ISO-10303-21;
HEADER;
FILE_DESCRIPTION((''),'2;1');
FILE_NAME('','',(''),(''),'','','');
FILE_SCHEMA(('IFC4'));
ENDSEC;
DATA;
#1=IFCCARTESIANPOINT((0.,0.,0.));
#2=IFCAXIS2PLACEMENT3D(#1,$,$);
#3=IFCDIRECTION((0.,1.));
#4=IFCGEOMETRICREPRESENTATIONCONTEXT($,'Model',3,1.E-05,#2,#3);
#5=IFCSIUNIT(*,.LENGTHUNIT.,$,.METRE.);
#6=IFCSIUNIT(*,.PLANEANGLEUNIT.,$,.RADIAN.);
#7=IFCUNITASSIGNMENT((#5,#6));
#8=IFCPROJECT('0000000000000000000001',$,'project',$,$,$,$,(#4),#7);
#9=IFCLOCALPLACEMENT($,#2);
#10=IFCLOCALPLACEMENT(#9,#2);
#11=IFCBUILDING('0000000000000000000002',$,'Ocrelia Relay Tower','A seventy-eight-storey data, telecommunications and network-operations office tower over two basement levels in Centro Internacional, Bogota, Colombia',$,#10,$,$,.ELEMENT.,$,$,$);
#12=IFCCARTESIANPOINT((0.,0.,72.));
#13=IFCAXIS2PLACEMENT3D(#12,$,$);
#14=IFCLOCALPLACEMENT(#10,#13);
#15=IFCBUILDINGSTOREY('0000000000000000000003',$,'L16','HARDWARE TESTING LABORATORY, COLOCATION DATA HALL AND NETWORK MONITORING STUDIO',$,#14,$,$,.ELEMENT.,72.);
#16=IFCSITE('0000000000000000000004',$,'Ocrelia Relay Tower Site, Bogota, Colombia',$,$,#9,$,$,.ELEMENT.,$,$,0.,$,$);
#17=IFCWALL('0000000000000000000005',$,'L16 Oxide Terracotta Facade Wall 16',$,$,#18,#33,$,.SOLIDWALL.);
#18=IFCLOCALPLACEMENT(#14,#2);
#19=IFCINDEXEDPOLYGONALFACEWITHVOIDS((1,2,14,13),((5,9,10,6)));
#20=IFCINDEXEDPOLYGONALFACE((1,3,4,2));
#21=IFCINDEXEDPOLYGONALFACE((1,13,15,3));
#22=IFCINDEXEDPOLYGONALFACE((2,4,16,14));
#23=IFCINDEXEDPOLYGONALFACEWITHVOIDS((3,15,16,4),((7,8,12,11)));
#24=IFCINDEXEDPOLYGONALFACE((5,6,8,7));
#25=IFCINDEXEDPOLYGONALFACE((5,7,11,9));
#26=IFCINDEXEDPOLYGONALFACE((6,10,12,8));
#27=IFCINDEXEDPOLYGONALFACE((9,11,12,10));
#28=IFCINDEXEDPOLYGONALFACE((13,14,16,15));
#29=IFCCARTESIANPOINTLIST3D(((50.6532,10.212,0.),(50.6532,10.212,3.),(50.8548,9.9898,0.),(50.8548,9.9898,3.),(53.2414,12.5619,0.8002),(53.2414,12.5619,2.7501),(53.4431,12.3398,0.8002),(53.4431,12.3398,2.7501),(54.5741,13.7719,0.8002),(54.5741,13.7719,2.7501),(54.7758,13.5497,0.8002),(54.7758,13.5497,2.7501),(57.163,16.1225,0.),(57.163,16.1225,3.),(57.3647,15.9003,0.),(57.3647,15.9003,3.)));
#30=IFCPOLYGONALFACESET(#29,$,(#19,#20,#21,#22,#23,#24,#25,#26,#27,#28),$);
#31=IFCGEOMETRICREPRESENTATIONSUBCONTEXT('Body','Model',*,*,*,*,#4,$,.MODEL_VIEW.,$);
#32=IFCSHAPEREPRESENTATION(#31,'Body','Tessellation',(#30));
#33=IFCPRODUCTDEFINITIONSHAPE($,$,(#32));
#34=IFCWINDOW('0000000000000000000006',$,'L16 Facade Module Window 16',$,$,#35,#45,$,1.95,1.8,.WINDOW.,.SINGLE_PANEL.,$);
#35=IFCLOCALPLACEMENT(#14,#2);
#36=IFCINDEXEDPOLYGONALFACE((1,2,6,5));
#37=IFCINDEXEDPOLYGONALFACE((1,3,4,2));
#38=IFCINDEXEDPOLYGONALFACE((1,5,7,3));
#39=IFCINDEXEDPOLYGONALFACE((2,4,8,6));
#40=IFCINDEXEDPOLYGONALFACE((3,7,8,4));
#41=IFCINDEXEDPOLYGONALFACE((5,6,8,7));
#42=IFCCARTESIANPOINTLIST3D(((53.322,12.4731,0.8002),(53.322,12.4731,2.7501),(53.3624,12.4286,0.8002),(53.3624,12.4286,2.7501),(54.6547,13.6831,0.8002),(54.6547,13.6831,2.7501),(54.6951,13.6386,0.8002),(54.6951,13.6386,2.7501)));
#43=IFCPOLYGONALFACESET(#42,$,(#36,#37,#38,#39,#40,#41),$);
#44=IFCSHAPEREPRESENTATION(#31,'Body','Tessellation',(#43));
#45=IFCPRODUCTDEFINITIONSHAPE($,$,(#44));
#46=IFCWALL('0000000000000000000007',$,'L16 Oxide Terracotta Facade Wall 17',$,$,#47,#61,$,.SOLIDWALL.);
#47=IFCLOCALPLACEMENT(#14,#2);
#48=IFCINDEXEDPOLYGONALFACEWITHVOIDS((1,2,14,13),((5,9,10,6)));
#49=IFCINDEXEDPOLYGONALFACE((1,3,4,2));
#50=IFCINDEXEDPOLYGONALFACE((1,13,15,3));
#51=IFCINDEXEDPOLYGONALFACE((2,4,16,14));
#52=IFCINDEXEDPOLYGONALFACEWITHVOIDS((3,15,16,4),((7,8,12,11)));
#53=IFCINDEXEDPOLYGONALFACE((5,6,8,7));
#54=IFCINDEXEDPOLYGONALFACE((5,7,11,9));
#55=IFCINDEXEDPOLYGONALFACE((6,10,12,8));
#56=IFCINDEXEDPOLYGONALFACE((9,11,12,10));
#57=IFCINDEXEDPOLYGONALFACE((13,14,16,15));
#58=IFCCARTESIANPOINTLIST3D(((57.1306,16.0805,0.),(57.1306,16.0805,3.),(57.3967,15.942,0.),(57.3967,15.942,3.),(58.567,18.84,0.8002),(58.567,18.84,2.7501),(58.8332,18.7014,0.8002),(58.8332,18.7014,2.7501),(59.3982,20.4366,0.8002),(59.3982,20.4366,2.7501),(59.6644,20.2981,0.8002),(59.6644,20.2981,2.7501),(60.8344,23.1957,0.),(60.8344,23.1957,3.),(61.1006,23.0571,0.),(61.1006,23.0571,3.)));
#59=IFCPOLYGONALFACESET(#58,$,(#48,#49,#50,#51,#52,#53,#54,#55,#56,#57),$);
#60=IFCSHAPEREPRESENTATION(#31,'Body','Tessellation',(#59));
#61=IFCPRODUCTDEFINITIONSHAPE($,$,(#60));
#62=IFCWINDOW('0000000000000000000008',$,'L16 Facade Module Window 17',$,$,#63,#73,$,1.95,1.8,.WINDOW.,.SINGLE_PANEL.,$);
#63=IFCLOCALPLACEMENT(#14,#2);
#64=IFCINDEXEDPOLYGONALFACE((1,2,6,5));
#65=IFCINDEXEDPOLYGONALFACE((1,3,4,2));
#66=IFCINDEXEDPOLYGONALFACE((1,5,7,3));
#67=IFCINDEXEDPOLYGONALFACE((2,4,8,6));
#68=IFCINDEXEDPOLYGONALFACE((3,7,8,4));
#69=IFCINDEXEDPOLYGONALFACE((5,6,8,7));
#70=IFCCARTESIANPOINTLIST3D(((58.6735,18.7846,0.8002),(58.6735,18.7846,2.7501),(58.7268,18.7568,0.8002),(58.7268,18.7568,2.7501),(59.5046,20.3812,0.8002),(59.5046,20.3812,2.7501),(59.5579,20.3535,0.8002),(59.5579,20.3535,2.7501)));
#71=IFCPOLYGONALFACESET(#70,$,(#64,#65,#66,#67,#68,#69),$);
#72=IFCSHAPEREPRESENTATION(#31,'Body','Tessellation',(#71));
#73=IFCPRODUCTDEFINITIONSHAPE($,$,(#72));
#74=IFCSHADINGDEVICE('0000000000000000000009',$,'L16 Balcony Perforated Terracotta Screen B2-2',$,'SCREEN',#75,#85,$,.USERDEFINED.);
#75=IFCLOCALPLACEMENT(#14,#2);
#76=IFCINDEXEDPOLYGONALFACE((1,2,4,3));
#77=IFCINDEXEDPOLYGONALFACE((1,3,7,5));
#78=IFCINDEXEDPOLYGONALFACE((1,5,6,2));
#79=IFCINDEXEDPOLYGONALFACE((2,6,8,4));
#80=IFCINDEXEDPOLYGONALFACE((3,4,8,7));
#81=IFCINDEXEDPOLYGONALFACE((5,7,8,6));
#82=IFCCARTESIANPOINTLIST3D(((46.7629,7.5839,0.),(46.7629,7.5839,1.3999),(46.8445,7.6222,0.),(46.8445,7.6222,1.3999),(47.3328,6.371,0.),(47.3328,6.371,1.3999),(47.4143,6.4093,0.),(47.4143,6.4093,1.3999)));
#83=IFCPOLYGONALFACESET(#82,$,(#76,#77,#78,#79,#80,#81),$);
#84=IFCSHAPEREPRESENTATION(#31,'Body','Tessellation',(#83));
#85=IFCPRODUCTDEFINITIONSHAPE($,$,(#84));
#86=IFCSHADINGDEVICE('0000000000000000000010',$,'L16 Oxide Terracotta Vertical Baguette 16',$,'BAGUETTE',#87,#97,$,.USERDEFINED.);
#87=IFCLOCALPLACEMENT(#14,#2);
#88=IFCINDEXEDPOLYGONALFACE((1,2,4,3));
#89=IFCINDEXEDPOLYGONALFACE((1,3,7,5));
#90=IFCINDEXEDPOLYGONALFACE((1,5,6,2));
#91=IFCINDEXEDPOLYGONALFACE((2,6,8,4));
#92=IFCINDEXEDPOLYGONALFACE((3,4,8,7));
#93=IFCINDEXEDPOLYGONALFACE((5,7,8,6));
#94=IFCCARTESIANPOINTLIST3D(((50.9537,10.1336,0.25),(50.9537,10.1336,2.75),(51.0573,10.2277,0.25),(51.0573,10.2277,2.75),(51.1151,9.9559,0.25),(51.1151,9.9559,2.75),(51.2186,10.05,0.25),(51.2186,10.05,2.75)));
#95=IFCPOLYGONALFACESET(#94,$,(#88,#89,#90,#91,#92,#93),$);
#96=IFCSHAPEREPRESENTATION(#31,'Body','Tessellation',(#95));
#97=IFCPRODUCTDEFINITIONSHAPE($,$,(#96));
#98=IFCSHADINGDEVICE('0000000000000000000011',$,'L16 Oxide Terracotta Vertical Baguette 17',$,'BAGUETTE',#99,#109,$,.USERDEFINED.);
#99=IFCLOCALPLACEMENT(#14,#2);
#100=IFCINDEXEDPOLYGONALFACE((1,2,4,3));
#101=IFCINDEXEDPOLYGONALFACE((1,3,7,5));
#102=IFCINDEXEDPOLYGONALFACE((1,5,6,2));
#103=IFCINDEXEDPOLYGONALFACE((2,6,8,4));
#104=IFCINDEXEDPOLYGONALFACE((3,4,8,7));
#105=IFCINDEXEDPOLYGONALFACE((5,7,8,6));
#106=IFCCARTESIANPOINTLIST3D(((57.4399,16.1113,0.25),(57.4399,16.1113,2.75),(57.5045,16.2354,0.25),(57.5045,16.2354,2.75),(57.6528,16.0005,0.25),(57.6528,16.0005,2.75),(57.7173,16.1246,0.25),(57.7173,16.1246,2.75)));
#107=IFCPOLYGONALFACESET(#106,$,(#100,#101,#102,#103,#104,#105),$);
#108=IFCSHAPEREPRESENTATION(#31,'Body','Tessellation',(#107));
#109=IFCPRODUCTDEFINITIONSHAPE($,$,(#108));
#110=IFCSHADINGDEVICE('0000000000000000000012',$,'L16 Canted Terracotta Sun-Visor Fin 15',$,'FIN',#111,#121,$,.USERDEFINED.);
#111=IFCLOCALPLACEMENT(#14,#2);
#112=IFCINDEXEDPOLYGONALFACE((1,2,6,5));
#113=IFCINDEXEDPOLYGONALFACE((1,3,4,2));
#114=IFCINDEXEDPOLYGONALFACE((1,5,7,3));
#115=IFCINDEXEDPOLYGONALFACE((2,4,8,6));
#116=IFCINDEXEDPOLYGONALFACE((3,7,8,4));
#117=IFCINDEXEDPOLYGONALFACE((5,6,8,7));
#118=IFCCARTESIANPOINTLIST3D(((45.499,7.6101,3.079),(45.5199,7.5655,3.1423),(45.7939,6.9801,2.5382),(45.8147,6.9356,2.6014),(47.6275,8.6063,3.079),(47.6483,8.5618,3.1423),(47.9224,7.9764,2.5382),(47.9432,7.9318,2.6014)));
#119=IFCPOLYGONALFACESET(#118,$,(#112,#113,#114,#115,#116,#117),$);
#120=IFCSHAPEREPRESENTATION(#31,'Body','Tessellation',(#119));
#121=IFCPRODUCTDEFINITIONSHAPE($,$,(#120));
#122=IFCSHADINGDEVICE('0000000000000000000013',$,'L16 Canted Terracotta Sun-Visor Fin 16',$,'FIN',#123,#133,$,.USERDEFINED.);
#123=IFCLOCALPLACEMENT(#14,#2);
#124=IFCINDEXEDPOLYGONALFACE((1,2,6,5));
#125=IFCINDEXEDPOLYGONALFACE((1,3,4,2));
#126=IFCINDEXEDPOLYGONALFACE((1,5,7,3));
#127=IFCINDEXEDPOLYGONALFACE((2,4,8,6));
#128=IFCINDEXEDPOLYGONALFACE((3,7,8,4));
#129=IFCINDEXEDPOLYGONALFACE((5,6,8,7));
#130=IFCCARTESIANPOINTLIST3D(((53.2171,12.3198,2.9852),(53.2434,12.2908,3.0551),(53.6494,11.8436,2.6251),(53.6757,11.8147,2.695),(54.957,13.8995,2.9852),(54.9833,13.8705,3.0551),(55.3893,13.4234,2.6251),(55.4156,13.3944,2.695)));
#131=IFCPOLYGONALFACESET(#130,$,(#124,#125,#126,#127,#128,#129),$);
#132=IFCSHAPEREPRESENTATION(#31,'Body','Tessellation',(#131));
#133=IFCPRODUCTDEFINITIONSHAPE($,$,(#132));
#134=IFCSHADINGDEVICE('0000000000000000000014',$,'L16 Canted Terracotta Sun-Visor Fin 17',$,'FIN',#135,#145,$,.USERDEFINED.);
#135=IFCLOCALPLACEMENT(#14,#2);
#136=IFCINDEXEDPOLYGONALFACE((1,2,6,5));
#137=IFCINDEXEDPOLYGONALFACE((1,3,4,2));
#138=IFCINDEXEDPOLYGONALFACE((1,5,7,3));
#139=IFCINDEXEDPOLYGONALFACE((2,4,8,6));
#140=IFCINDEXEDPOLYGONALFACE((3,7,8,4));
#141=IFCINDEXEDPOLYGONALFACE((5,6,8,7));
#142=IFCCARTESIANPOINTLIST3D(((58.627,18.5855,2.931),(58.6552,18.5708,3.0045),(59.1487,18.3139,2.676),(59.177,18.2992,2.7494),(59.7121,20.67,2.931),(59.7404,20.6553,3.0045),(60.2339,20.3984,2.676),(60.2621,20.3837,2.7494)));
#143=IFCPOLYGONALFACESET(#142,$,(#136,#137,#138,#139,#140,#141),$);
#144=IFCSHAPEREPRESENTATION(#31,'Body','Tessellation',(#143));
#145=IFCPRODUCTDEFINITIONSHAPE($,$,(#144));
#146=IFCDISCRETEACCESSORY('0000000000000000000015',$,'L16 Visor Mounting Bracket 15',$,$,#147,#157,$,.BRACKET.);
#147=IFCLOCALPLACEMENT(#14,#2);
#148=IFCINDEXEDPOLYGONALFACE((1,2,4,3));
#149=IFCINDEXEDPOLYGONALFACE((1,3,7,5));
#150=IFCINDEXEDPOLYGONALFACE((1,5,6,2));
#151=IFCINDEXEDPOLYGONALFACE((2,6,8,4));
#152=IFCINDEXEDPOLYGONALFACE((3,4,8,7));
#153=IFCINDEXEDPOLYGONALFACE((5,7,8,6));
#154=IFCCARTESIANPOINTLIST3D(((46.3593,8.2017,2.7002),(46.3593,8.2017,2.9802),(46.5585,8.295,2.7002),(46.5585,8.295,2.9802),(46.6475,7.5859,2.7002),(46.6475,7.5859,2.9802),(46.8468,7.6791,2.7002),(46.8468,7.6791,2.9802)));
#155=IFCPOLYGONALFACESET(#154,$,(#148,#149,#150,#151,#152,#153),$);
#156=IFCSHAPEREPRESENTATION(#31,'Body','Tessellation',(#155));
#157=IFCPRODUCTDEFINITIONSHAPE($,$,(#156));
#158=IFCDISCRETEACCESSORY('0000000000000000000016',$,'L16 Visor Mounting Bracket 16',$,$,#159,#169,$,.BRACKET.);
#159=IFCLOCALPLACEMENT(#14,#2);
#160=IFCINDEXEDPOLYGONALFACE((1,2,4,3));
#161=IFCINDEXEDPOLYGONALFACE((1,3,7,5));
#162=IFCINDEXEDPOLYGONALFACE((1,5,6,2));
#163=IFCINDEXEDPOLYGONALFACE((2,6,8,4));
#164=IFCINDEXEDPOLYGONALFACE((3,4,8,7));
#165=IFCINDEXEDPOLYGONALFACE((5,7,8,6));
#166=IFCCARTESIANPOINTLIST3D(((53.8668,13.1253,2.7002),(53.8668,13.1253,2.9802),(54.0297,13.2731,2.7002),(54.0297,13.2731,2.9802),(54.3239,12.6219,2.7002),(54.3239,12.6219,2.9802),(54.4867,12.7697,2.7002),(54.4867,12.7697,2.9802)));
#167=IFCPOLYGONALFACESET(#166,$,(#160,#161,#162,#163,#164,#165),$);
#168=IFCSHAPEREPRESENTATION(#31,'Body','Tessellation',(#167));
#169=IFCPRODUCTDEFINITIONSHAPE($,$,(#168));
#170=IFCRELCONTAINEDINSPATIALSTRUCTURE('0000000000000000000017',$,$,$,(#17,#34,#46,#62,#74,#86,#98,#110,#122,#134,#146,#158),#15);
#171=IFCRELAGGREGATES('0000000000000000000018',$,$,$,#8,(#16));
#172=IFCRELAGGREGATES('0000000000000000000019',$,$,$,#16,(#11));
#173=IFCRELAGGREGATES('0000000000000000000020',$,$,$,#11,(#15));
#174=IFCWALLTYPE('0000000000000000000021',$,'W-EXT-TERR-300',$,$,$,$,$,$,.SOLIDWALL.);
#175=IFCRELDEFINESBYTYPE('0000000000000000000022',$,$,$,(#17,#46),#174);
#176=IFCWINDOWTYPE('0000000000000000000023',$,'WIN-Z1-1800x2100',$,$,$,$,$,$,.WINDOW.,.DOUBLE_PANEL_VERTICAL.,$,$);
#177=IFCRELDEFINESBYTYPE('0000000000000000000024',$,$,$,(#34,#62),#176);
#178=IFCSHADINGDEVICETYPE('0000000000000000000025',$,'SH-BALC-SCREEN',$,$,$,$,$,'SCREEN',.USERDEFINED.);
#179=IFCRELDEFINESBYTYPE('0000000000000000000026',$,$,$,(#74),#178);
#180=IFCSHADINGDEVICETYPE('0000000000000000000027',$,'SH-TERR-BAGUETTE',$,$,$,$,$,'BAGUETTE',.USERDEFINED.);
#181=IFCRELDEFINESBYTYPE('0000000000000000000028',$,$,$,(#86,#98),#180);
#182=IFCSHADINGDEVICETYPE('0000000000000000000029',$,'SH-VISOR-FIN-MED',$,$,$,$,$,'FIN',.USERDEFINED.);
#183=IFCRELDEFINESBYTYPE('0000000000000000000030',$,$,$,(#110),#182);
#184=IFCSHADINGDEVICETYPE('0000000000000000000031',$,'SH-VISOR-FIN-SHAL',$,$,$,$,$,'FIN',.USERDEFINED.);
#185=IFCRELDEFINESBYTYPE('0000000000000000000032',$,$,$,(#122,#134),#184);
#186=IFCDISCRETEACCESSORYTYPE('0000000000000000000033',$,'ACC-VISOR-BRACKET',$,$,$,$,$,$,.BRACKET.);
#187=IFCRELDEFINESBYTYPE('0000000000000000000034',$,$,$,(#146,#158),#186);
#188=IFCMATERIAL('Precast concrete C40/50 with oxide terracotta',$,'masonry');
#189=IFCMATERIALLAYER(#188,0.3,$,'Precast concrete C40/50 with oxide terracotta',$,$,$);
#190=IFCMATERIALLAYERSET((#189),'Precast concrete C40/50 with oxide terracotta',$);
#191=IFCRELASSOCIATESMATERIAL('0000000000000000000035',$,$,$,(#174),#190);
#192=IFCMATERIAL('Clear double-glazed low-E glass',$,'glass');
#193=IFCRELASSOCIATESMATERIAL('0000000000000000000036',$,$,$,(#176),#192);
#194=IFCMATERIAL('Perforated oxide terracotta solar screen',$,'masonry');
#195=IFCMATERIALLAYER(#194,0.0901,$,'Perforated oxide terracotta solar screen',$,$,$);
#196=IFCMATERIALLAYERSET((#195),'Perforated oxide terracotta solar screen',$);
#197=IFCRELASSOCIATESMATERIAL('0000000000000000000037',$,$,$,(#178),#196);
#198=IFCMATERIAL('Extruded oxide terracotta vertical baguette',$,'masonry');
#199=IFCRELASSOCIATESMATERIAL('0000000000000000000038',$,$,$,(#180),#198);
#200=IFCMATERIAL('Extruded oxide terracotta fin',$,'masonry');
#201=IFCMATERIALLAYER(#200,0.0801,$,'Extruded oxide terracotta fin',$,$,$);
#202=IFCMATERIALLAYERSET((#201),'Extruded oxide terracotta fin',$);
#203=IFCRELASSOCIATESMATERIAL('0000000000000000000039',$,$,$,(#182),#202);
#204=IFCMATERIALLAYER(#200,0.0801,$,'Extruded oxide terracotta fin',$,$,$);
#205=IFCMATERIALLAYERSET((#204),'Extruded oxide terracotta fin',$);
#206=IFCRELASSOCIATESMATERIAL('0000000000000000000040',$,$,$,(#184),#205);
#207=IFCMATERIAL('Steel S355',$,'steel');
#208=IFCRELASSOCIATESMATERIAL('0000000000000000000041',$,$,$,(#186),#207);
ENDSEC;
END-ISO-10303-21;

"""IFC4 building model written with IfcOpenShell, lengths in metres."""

from ifc_helpers import new_model, si_unit, direction, frame, frame_2d, origin, origin_2d, place, context, subcontext, project, spatial, rectangle, extrude, material, layer, layer_set, type_object, element, fill, save


model = new_model("IFC4")

# Units and contexts
model_context = context("Model", 3, precision=1e-05, world=origin(), true_north=direction((0.0, 1.0)))
body_context = subcontext(model_context, "Body", "Model", "MODEL_VIEW")
ifc_project = project(units=[si_unit("LENGTHUNIT", "METRE"), si_unit("PLANEANGLEUNIT", "RADIAN")], contexts=[model_context])

# Site, building, storey
site_placement = place(None, origin())
site = spatial("IfcSite", under=ifc_project, at=site_placement, Name="Ocrelia Relay Tower Site, Bogota, Colombia", CompositionType="ELEMENT", RefElevation=0.0)
building_placement = place(site_placement, origin())
building = spatial("IfcBuilding", under=site, at=building_placement, Name="Ocrelia Relay Tower", Description="A seventy-eight-storey data, telecommunications and network-operations office tower over two basement levels in Centro Internacional, Bogota, Colombia", CompositionType="ELEMENT")
storey_placement = place(building_placement, frame((0.0, 0.0, 72.0)))
storey = spatial("IfcBuildingStorey", under=building, at=storey_placement, Name="L16", Description="HARDWARE TESTING LABORATORY, COLOCATION DATA HALL AND NETWORK MONITORING STUDIO", CompositionType="ELEMENT", Elevation=72.0)

# Shared definitions
ifc_material_1 = material(Name="Steel S355", Category="steel")

# Walls, openings, windows
ifc_material_2 = material(Name="Precast concrete C40/50 with oxide terracotta", Category="masonry")
ifc_layer_1 = layer(ifc_material_2, 0.3, Name="Precast concrete C40/50 with oxide terracotta")
ifc_layer_set_1 = layer_set([ifc_layer_1], Name="Precast concrete C40/50 with oxide terracotta")
wall_type_1 = type_object("IfcWallType", Name="W-EXT-TERR-300", PredefinedType="SOLIDWALL", material=ifc_layer_set_1)
wall_1_placement = place(storey_placement, frame((50.7539, 10.1008, 0.0), z_axis=(0.0, 0.0, 1.0), x_axis=(0.740368, 0.672201, 0.0)))
wall_1 = element("IfcWall", 1, at=wall_1_placement, inside=storey, type_object=wall_type_1, Name="L16 Oxide Terracotta Facade Wall 16", PredefinedType="SOLIDWALL", context=body_context, shape_type="SweptSolid", body=[
    extrude(rectangle(XDim=8.7927, YDim=0.3, at=frame_2d((4.3965, 0.0))), origin(), (0.0, 0.0, 1.0), 3.0),
])
opening_1_placement = place(wall_1_placement, frame((3.4961, 0.0, 0.8)))
opening_1 = element("IfcOpeningElement", 2, at=opening_1_placement, cuts=wall_1, PredefinedType="OPENING", context=body_context, shape_type="SweptSolid", body=[
    extrude(rectangle(XDim=1.8, YDim=1.95, at=frame_2d((0.8999, 0.9751))), frame((0.0, 0.1602, 0.0), z_axis=(0.0, -1.0, 0.0), x_axis=(1.0, 0.0, 0.0)), (0.0, 0.0, 1.0), 0.3201),
])
ifc_material_3 = material(Name="Clear double-glazed low-E glass", Category="glass")
window_type = type_object("IfcWindowType", Name="WIN-Z1-1800x2100", PartitioningType="DOUBLE_PANEL_VERTICAL", PredefinedType="WINDOW", material=ifc_material_3)
window_1_placement = place(opening_1_placement, origin())
window_1 = element("IfcWindow", 3, at=window_1_placement, inside=storey, type_object=window_type, Name="L16 Facade Module Window 16", OverallHeight=1.95, OverallWidth=1.8, PartitioningType="SINGLE_PANEL", PredefinedType="WINDOW", context=body_context, shape_type="SweptSolid", body=[
    extrude(rectangle(XDim=1.8, YDim=1.95, at=frame_2d((0.8999, 0.9751))), frame((0.0, 0.03, 0.0), z_axis=(0.0, -1.0, 0.0), x_axis=(1.0, 0.0, 0.0)), (0.0, 0.0, 1.0), 0.0601),
])
fill(opening_1, window_1)
wall_2_placement = place(storey_placement, frame((57.2637, 16.0112, 0.0), z_axis=(0.0, 0.0, 1.0), x_axis=(0.461739, 0.887016, 0.0)))
wall_2 = element("IfcWall", 4, at=wall_2_placement, inside=storey, type_object=wall_type_1, Name="L16 Oxide Terracotta Facade Wall 17", PredefinedType="SOLIDWALL", context=body_context, shape_type="SweptSolid", body=[
    extrude(rectangle(XDim=8.0215, YDim=0.3, at=frame_2d((4.0107, 0.0))), origin(), (0.0, 0.0, 1.0), 3.0),
])
opening_2_placement = place(wall_2_placement, frame((3.1111, 0.0, 0.8)))
opening_2 = element("IfcOpeningElement", 5, at=opening_2_placement, cuts=wall_2, PredefinedType="OPENING", context=body_context, shape_type="SweptSolid", body=[
    extrude(rectangle(XDim=1.8, YDim=1.95, at=frame_2d((0.8999, 0.9751))), frame((0.0, 0.1602, 0.0), z_axis=(0.0, -1.0, 0.0), x_axis=(1.0, 0.0, 0.0)), (0.0, 0.0, 1.0), 0.3201),
])
window_2_placement = place(opening_2_placement, origin())
window_2 = element("IfcWindow", 6, at=window_2_placement, inside=storey, type_object=window_type, Name="L16 Facade Module Window 17", OverallHeight=1.95, OverallWidth=1.8, PartitioningType="SINGLE_PANEL", PredefinedType="WINDOW", context=body_context, shape_type="SweptSolid", body=[
    extrude(rectangle(XDim=1.8, YDim=1.95, at=frame_2d((0.8999, 0.9751))), frame((0.0, 0.03, 0.0), z_axis=(0.0, -1.0, 0.0), x_axis=(1.0, 0.0, 0.0)), (0.0, 0.0, 1.0), 0.0601),
])
fill(opening_2, window_2)

# Shading devices
ifc_material_4 = material(Name="Perforated oxide terracotta solar screen", Category="masonry")
ifc_layer_2 = layer(ifc_material_4, 0.0901, Name="Perforated oxide terracotta solar screen")
ifc_layer_set_2 = layer_set([ifc_layer_2], Name="Perforated oxide terracotta solar screen")
shading_device_type_1 = type_object("IfcShadingDeviceType", Name="SH-BALC-SCREEN", ElementType="SCREEN", PredefinedType="USERDEFINED", material=ifc_layer_set_2)
shading_device_1_placement = place(storey_placement, frame((47.0886, 6.9966, 0.0), z_axis=(0.0, 0.0, 1.0), x_axis=(0.425206, -0.905097, 0.0)))
element("IfcShadingDevice", 7, at=shading_device_1_placement, inside=storey, type_object=shading_device_type_1, Name="L16 Balcony Perforated Terracotta Screen B2-2", ObjectType="SCREEN", PredefinedType="USERDEFINED", context=body_context, shape_type="SweptSolid", body=[
    extrude(rectangle(XDim=1.3401, YDim=0.0901, at=origin_2d()), origin(), (0.0, 0.0, 1.0), 1.3999),
])
ifc_material_5 = material(Name="Extruded oxide terracotta vertical baguette", Category="masonry")
shading_device_type_2 = type_object("IfcShadingDeviceType", Name="SH-TERR-BAGUETTE", ElementType="BAGUETTE", PredefinedType="USERDEFINED", material=ifc_material_5)
for number, where, z_axis, x_axis, name in (
    (8, (51.0862, 10.0918, 0.25), (0.0, 0.0, 1.0), (0.740364, 0.672206, 0.0), "L16 Oxide Terracotta Vertical Baguette 16"),
    (9, (57.5786, 16.1179, 0.25), (0.0, 0.0, 1.0), (0.461745, 0.887013, 0.0), "L16 Oxide Terracotta Vertical Baguette 17"),
):
    element("IfcShadingDevice", number, at=place(storey_placement, frame(where, z_axis=z_axis, x_axis=x_axis)), inside=storey, type_object=shading_device_type_2, Name=name, ObjectType="BAGUETTE", PredefinedType="USERDEFINED", context=body_context, shape_type="SweptSolid", body=[
        extrude(rectangle(XDim=0.1399, YDim=0.24, at=origin_2d()), origin(), (0.0, 0.0, 1.0), 2.5),
    ])
ifc_material_6 = material(Name="Extruded oxide terracotta fin", Category="masonry")
ifc_layer_3 = layer(ifc_material_6, 0.0801, Name="Extruded oxide terracotta fin")
ifc_layer_set_3 = layer_set([ifc_layer_3], Name="Extruded oxide terracotta fin")
shading_device_type_3 = type_object("IfcShadingDeviceType", Name="SH-VISOR-FIN-MED", ElementType="FIN", PredefinedType="USERDEFINED", material=ifc_layer_set_3)
shading_device_2_placement = place(storey_placement, frame((46.7107, 7.7932, 2.8086), z_axis=(0.260232, -0.555984, 0.789406), x_axis=(0.9057, 0.423919, 0.0)))
element("IfcShadingDevice", 10, at=shading_device_2_placement, inside=storey, type_object=shading_device_type_3, Name="L16 Canted Terracotta Sun-Visor Fin 15", ObjectType="FIN", PredefinedType="USERDEFINED", context=body_context, shape_type="SweptSolid", body=[
    extrude(rectangle(XDim=2.3501, YDim=0.8811, at=origin_2d()), origin(), (0.0, 0.0, 1.0), 0.0801),
])
ifc_layer_4 = layer(ifc_material_6, 0.0801, Name="Extruded oxide terracotta fin")
ifc_layer_set_4 = layer_set([ifc_layer_4], Name="Extruded oxide terracotta fin")
shading_device_type_4 = type_object("IfcShadingDeviceType", Name="SH-VISOR-FIN-SHAL", ElementType="FIN", PredefinedType="USERDEFINED", material=ifc_layer_set_4)
shading_device_3_placement = place(storey_placement, frame((54.3032, 12.8716, 2.8052), z_axis=(0.328454, -0.361758, 0.872496), x_axis=(0.740364, 0.672206, 0.0)))
element("IfcShadingDevice", 11, at=shading_device_3_placement, inside=storey, type_object=shading_device_type_4, Name="L16 Canted Terracotta Sun-Visor Fin 16", ObjectType="FIN", PredefinedType="USERDEFINED", context=body_context, shape_type="SweptSolid", body=[
    extrude(rectangle(XDim=2.3501, YDim=0.7371, at=origin_2d()), origin(), (0.0, 0.0, 1.0), 0.0801),
])
shading_device_4_placement = place(storey_placement, frame((59.4304, 19.4919, 2.8035), z_axis=(0.352844, -0.183677, 0.917477), x_axis=(0.461745, 0.887013, 0.0)))
element("IfcShadingDevice", 12, at=shading_device_4_placement, inside=storey, type_object=shading_device_type_4, Name="L16 Canted Terracotta Sun-Visor Fin 17", ObjectType="FIN", PredefinedType="USERDEFINED", context=body_context, shape_type="SweptSolid", body=[
    extrude(rectangle(XDim=2.3501, YDim=0.6411, at=origin_2d()), origin(), (0.0, 0.0, 1.0), 0.0801),
])

# Discrete accessories
discrete_accessory_type = type_object("IfcDiscreteAccessoryType", Name="ACC-VISOR-BRACKET", PredefinedType="BRACKET", material=ifc_material_1)
for number, where, z_axis, x_axis, name in (
    (13, (46.603, 7.9404, 2.7002), (0.0, 0.0, 1.0), (0.9057, 0.423919, 0.0), "L16 Visor Mounting Bracket 15"),
    (14, (54.1768, 12.9475, 2.7002), (0.0, 0.0, 1.0), (0.740364, 0.672206, 0.0), "L16 Visor Mounting Bracket 16"),
):
    element("IfcDiscreteAccessory", number, at=place(storey_placement, frame(where, z_axis=z_axis, x_axis=x_axis)), inside=storey, type_object=discrete_accessory_type, Name=name, PredefinedType="BRACKET", context=body_context, shape_type="SweptSolid", body=[
        extrude(rectangle(XDim=0.22, YDim=0.6799, at=origin_2d()), origin(), (0.0, 0.0, 1.0), 0.28),
    ])

save(model, "model.ifc")
